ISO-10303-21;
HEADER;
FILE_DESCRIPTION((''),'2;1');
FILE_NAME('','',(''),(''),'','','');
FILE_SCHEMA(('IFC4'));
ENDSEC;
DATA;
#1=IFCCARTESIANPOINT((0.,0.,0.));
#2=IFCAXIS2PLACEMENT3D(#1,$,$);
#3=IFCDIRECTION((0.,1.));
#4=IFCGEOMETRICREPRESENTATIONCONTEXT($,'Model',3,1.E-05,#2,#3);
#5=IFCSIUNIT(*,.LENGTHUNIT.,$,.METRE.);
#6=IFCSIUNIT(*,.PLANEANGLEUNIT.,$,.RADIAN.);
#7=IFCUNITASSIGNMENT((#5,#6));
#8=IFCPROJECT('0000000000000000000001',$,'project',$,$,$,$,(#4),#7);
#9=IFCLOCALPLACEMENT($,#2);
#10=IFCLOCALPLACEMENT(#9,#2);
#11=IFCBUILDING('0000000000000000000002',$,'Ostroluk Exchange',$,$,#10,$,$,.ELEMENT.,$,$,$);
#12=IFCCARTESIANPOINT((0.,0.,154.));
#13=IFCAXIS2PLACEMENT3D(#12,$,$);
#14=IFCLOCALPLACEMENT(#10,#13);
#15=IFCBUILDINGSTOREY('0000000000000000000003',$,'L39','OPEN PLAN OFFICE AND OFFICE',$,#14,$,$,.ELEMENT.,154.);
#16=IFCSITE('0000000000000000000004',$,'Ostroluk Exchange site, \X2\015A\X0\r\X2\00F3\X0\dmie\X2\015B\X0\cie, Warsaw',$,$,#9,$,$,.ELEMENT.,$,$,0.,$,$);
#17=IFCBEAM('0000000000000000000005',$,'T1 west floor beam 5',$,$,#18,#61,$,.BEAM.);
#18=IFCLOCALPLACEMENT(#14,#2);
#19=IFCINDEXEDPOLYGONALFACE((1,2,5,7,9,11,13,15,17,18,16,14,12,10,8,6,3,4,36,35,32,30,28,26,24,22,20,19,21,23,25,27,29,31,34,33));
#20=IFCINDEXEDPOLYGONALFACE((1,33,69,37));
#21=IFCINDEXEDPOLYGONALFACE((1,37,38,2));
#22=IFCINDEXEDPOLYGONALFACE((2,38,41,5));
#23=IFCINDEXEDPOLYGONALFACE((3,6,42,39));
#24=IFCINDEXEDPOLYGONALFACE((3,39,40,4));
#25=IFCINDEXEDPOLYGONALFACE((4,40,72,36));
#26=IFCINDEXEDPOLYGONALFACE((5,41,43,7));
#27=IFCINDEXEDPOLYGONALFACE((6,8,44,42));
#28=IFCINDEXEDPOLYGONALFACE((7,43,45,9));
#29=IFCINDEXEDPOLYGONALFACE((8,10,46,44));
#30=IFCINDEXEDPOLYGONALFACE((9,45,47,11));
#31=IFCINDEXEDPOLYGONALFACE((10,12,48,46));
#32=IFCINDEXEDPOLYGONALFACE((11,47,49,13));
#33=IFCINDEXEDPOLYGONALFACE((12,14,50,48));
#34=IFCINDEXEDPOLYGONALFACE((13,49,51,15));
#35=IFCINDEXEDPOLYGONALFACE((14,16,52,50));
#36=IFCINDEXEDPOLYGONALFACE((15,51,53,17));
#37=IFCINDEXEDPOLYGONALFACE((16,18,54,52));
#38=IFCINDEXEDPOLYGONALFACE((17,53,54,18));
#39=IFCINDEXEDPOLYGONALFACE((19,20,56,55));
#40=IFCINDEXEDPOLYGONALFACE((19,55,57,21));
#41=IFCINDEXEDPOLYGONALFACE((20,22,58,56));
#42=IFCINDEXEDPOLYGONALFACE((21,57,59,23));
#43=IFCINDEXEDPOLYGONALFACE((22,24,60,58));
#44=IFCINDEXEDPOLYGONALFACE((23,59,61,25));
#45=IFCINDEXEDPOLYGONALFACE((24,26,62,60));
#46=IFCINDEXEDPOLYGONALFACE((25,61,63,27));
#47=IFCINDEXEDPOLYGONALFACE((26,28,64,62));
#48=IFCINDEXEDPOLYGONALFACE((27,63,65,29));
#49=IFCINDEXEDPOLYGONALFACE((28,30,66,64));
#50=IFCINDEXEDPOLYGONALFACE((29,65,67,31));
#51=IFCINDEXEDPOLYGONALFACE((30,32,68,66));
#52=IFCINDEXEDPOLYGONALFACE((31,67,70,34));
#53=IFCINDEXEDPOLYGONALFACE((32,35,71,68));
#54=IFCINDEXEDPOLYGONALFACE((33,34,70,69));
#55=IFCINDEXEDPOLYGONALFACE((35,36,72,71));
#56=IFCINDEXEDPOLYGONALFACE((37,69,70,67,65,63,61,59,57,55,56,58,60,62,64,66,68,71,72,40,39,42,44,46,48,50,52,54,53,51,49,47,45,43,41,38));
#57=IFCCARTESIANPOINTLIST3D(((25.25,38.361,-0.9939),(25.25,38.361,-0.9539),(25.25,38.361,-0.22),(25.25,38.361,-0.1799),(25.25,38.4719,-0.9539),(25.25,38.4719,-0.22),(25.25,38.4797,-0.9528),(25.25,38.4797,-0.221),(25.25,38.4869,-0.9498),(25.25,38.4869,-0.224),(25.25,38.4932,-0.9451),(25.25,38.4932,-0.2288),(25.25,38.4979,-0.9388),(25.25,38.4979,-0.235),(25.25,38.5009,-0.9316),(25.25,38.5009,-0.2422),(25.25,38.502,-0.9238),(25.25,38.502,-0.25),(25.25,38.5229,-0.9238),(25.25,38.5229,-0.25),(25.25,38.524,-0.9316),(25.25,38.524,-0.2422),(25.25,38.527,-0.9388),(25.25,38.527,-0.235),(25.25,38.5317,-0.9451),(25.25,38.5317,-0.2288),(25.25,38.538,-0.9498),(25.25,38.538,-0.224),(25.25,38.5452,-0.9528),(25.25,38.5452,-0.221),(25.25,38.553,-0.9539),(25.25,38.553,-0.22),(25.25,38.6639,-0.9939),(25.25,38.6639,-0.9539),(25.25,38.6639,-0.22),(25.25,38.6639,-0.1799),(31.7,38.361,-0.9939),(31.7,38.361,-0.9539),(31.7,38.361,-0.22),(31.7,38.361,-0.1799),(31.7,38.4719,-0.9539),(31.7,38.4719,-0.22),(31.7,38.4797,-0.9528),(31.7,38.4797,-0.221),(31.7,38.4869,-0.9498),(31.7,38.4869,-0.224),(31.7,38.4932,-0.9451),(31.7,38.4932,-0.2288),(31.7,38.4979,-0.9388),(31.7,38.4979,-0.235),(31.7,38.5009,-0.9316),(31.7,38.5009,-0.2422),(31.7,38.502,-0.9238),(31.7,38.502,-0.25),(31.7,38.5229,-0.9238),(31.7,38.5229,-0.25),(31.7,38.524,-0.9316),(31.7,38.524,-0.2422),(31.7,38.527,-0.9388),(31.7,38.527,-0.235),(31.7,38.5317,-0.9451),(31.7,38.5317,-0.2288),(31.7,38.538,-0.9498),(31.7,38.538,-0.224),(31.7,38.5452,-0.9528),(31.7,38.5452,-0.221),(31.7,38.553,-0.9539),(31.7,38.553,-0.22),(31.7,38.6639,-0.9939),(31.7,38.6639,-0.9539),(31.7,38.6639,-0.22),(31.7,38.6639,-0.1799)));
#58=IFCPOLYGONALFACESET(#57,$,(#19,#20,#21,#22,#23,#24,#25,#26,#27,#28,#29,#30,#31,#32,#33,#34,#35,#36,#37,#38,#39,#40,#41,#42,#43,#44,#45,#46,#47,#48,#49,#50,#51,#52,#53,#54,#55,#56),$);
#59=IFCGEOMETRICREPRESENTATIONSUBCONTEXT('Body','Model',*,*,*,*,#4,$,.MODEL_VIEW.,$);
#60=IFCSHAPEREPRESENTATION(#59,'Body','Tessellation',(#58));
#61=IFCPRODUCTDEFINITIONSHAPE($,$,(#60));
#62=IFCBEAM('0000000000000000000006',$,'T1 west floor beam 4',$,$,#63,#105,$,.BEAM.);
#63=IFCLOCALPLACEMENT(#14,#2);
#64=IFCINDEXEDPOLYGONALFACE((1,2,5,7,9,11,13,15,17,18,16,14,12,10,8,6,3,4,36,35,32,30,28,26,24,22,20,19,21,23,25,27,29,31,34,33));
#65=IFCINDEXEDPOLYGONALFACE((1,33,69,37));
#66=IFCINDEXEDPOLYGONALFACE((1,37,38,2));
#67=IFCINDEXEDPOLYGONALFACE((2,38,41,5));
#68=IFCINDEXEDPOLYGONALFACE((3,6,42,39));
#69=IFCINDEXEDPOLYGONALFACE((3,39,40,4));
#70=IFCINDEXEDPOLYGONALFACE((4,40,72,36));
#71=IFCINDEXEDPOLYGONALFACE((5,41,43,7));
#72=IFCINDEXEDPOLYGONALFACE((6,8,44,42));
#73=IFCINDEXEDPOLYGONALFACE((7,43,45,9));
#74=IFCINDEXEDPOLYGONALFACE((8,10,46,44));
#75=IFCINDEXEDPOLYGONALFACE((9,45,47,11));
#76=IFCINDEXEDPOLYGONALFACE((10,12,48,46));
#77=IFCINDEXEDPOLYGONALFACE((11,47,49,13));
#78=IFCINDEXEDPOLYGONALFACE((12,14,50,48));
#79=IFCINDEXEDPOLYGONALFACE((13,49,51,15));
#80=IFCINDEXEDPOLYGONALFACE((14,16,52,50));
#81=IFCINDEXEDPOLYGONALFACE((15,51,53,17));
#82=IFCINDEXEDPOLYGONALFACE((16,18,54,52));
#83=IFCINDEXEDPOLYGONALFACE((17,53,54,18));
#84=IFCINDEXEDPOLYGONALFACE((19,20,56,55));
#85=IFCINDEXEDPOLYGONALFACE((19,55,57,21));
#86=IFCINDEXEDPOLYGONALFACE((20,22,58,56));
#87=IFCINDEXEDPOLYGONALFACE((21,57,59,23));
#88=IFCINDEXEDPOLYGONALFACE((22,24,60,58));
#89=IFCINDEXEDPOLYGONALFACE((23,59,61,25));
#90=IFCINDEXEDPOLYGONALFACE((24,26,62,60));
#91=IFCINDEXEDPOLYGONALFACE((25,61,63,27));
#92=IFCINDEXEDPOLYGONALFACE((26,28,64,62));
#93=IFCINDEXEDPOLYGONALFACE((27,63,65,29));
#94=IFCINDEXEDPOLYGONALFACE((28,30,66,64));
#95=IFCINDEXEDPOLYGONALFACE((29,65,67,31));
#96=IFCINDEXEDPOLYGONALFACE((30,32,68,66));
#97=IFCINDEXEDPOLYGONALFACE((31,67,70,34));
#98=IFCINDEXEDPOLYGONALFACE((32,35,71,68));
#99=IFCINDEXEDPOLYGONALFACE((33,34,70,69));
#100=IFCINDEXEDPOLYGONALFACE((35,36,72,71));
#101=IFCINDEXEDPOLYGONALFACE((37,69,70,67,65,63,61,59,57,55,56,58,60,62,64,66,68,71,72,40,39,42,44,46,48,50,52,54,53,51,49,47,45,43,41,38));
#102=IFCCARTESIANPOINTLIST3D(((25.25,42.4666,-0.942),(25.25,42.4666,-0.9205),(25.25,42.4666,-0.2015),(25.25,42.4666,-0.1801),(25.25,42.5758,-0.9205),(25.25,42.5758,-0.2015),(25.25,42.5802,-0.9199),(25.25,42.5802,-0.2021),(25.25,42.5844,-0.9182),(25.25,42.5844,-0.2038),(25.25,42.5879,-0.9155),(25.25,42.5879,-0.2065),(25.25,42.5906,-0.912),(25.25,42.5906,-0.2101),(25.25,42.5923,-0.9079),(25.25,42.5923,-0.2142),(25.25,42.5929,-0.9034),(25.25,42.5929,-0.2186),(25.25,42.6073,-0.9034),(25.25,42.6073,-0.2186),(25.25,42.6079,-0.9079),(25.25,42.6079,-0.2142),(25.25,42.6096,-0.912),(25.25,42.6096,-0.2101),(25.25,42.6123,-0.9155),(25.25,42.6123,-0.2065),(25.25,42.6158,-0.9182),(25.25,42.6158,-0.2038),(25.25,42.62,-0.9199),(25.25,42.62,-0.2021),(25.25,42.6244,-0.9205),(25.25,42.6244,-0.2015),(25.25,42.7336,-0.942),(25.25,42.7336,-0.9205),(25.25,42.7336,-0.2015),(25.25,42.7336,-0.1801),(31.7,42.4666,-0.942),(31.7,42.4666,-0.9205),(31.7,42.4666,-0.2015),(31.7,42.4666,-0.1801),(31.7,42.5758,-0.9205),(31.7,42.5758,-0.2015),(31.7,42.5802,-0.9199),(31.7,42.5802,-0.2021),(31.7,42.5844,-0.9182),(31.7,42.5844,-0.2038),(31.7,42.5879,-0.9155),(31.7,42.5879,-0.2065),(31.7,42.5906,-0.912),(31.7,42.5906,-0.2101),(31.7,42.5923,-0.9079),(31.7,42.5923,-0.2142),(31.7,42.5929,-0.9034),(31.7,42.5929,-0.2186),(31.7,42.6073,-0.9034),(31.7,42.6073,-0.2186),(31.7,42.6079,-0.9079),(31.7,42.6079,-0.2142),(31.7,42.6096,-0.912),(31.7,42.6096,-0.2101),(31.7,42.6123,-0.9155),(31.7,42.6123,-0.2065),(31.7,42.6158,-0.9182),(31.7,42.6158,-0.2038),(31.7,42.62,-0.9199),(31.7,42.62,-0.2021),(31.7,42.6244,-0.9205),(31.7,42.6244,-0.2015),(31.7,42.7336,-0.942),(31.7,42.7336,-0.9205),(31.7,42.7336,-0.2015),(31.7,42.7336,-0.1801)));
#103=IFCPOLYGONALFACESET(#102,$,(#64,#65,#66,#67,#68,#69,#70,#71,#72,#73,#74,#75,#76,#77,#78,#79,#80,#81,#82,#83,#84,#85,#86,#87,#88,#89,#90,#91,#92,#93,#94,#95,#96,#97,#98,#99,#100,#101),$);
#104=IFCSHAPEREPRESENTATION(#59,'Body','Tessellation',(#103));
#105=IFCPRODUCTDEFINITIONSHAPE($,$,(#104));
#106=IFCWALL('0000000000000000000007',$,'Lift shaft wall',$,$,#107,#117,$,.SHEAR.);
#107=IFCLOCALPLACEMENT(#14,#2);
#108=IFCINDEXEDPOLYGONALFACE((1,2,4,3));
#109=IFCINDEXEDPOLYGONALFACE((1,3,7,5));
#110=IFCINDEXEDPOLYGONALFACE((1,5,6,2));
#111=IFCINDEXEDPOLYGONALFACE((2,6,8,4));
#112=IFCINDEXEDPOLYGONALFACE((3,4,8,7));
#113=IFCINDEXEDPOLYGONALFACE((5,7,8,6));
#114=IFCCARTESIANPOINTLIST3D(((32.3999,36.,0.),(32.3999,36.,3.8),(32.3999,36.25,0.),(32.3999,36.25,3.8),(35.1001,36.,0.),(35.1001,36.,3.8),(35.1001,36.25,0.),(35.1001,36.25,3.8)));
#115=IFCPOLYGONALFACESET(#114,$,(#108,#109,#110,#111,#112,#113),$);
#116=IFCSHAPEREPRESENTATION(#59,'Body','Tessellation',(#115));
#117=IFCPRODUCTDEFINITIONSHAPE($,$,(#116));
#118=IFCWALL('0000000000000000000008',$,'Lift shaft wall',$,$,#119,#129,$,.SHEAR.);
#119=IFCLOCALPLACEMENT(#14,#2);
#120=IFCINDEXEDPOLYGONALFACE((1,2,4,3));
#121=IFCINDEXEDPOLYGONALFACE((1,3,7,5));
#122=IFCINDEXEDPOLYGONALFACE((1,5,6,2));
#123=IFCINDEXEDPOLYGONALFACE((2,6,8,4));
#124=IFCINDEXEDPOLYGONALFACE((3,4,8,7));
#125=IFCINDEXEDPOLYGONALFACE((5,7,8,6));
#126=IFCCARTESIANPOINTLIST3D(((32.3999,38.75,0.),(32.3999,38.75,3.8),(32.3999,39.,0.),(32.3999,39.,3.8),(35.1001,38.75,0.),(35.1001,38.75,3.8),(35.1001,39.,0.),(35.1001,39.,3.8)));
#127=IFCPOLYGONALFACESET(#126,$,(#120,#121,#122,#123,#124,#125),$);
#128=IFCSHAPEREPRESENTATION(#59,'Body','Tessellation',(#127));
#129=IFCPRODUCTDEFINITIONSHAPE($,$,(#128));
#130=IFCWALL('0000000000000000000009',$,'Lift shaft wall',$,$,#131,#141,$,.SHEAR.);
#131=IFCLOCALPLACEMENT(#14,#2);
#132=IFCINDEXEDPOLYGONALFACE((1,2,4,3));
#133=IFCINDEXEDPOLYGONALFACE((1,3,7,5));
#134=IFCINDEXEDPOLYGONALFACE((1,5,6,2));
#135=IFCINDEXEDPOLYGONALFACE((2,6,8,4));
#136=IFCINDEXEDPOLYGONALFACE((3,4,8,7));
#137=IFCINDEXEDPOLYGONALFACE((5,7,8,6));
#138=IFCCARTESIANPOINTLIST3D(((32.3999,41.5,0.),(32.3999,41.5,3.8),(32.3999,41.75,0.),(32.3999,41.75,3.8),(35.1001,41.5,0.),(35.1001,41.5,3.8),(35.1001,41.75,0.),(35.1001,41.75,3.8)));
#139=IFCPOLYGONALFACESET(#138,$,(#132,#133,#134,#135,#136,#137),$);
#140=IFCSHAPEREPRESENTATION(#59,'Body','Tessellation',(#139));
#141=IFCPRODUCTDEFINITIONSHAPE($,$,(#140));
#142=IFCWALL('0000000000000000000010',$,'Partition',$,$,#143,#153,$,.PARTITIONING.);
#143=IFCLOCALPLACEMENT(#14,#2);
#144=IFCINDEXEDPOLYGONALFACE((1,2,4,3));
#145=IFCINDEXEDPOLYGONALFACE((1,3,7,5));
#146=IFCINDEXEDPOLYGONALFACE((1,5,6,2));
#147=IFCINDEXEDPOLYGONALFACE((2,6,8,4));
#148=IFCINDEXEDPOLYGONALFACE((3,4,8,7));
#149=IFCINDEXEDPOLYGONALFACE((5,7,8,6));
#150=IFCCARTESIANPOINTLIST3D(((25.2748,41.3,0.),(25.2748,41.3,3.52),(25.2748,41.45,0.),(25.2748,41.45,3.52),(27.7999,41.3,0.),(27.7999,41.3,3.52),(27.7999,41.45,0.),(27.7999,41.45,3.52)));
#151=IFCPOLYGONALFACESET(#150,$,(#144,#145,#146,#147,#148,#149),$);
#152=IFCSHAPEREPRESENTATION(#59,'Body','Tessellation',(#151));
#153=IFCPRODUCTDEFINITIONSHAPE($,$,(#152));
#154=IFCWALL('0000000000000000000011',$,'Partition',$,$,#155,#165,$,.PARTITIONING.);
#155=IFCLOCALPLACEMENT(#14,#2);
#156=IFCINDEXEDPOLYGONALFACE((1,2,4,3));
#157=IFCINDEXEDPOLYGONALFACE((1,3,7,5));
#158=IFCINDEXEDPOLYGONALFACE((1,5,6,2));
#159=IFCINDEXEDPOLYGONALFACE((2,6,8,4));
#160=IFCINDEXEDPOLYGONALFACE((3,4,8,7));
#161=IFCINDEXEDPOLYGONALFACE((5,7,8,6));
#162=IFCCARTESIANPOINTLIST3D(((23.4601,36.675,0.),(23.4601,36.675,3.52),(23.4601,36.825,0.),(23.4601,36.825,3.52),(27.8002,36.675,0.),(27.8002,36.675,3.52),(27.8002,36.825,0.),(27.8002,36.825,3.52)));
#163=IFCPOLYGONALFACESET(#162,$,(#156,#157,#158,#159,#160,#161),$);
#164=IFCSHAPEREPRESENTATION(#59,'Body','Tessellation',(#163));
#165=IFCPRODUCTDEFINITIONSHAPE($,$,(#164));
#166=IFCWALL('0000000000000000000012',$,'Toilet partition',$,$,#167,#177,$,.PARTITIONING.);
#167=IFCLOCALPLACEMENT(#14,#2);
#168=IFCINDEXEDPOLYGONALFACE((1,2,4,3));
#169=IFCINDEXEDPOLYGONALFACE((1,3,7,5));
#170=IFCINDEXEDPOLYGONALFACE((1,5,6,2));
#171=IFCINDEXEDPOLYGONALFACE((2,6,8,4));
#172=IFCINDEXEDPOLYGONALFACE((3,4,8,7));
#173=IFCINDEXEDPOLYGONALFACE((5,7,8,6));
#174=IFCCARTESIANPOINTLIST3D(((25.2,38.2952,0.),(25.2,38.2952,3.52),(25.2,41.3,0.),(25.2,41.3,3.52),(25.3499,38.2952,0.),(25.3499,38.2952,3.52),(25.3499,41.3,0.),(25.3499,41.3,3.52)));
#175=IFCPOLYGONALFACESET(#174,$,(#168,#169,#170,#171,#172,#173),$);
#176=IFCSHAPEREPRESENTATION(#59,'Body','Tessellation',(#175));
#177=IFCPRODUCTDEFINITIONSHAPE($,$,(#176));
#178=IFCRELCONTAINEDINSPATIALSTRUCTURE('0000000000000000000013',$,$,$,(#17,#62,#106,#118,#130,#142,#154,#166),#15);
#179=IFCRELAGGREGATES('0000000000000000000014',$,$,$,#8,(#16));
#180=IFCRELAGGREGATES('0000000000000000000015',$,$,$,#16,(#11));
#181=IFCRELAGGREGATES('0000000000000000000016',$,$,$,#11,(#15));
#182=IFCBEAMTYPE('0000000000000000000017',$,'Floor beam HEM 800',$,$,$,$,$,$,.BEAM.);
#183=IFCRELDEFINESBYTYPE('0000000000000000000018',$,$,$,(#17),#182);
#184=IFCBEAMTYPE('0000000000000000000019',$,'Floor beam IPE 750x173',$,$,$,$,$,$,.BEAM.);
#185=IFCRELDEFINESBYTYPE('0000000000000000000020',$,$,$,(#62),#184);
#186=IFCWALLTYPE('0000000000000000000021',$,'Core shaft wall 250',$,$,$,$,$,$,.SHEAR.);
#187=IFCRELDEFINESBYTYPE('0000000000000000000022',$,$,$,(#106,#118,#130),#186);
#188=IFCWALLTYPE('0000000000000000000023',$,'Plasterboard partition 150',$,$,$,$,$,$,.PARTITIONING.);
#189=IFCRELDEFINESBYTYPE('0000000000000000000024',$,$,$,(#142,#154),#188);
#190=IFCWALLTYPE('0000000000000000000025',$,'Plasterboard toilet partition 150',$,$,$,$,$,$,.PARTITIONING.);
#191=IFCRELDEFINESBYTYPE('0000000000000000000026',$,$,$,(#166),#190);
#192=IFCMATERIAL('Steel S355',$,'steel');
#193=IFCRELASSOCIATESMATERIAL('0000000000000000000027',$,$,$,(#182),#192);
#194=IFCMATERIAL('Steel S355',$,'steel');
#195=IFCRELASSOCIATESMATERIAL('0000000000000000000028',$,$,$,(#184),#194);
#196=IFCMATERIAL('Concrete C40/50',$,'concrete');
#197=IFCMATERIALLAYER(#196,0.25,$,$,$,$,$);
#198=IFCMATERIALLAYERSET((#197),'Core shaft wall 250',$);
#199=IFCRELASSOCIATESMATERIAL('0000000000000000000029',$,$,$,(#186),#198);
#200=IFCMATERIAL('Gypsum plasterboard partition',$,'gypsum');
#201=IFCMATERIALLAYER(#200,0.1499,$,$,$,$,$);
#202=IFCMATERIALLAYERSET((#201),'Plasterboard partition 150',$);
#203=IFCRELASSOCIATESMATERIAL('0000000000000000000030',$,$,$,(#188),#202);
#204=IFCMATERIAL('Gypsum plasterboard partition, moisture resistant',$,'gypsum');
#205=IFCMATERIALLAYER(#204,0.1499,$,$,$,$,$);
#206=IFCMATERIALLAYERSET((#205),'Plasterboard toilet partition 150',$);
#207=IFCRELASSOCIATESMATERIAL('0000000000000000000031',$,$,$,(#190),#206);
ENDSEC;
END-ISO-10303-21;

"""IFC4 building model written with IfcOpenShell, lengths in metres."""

from ifc_helpers import new_model, si_unit, direction, frame, frame_2d, origin, origin_2d, place, context, subcontext, project, spatial, rectangle, i_section, extrude, material, layer, layer_set, material_profile, profile_set, type_object, element, save


model = new_model("IFC4")

# Units and contexts
model_context = context("Model", 3, precision=1e-05, world=origin(), true_north=direction((0.0, 1.0)))
body_context = subcontext(model_context, "Body", "Model", "MODEL_VIEW")
ifc_project = project(units=[si_unit("LENGTHUNIT", "METRE"), si_unit("PLANEANGLEUNIT", "RADIAN")], contexts=[model_context])

# Site, building, storey
site_placement = place(None, origin())
site = spatial("IfcSite", under=ifc_project, at=site_placement, Name="Ostroluk Exchange site, Śródmieście, Warsaw", CompositionType="ELEMENT", RefElevation=0.0)
building_placement = place(site_placement, origin())
building = spatial("IfcBuilding", under=site, at=building_placement, Name="Ostroluk Exchange", CompositionType="ELEMENT")
storey_placement = place(building_placement, frame((0.0, 0.0, 154.0)))
storey = spatial("IfcBuildingStorey", under=building, at=storey_placement, Name="L39", Description="OPEN PLAN OFFICE AND OFFICE", CompositionType="ELEMENT", Elevation=154.0)

# Beams
ifc_material_1 = material(Name="Steel S355", Category="steel")
ifc_material_profile_1 = material_profile(ifc_material_1, i_section(OverallWidth=0.303, OverallDepth=0.814, WebThickness=0.021, FlangeThickness=0.04, FilletRadius=0.03, at=origin_2d()), Name="HEM 800")
ifc_profile_set_1 = profile_set([ifc_material_profile_1], Name="Steel S355")
beam_type_1 = type_object("IfcBeamType", Name="Floor beam HEM 800", PredefinedType="BEAM", material=ifc_profile_set_1)
beam_1_placement = place(storey_placement, frame((31.7, 38.5125, -0.5869), z_axis=(-1.0, 0.0, 0.0), x_axis=(0.0, -1.0, 0.0)))
element("IfcBeam", 1, at=beam_1_placement, inside=storey, type_object=beam_type_1, Name="T1 west floor beam 5", PredefinedType="BEAM", context=body_context, shape_type="SweptSolid", body=[
    extrude(i_section(OverallWidth=0.303, OverallDepth=0.814, WebThickness=0.021, FlangeThickness=0.04, FilletRadius=0.03, at=origin_2d()), origin(), (0.0, 0.0, 1.0), 6.45),
])
ifc_material_2 = material(Name="Steel S355", Category="steel")
ifc_material_profile_2 = material_profile(ifc_material_2, i_section(OverallWidth=0.2671, OverallDepth=0.762, WebThickness=0.0144, FlangeThickness=0.0215, FilletRadius=0.0171, at=origin_2d()), Name="IPE 750x173")
ifc_profile_set_2 = profile_set([ifc_material_profile_2], Name="Steel S355")
beam_type_2 = type_object("IfcBeamType", Name="Floor beam IPE 750x173", PredefinedType="BEAM", material=ifc_profile_set_2)
beam_2_placement = place(storey_placement, frame((31.7, 42.6001, -0.561), z_axis=(-1.0, 0.0, 0.0), x_axis=(0.0, -1.0, 0.0)))
element("IfcBeam", 2, at=beam_2_placement, inside=storey, type_object=beam_type_2, Name="T1 west floor beam 4", PredefinedType="BEAM", context=body_context, shape_type="SweptSolid", body=[
    extrude(i_section(OverallWidth=0.2671, OverallDepth=0.762, WebThickness=0.0144, FlangeThickness=0.0215, FilletRadius=0.0171, at=origin_2d()), origin(), (0.0, 0.0, 1.0), 6.45),
])

# Walls
ifc_material_3 = material(Name="Concrete C40/50", Category="concrete")
ifc_layer_1 = layer(ifc_material_3, 0.25)
ifc_layer_set_1 = layer_set([ifc_layer_1], Name="Core shaft wall 250")
wall_type_1 = type_object("IfcWallType", Name="Core shaft wall 250", PredefinedType="SHEAR", material=ifc_layer_set_1)
for number, where, z_axis, x_axis, name in (
    (3, (32.3999, 36.125, 0.0), (0.0, 0.0, 1.0), (1.0, 0.0, 0.0), "Lift shaft wall"),
    (4, (32.3999, 38.875, 0.0), (0.0, 0.0, 1.0), (1.0, 0.0, 0.0), "Lift shaft wall"),
    (5, (32.3999, 41.625, 0.0), (0.0, 0.0, 1.0), (1.0, 0.0, 0.0), "Lift shaft wall"),
):
    element("IfcWall", number, at=place(storey_placement, frame(where, z_axis=z_axis, x_axis=x_axis)), inside=storey, type_object=wall_type_1, Name=name, PredefinedType="SHEAR", context=body_context, shape_type="SweptSolid", body=[
        extrude(rectangle(XDim=2.7002, YDim=0.25, at=frame_2d((1.3501, 0.0))), origin(), (0.0, 0.0, 1.0), 3.8),
    ])
ifc_material_4 = material(Name="Gypsum plasterboard partition", Category="gypsum")
ifc_layer_2 = layer(ifc_material_4, 0.1499)
ifc_layer_set_2 = layer_set([ifc_layer_2], Name="Plasterboard partition 150")
wall_type_2 = type_object("IfcWallType", Name="Plasterboard partition 150", PredefinedType="PARTITIONING", material=ifc_layer_set_2)
wall_1_placement = place(storey_placement, frame((27.8, 41.375, 0.0), z_axis=(0.0, 0.0, 1.0), x_axis=(-1.0, 0.0, 0.0)))
element("IfcWall", 6, at=wall_1_placement, inside=storey, type_object=wall_type_2, Name="Partition", PredefinedType="PARTITIONING", context=body_context, shape_type="SweptSolid", body=[
    extrude(rectangle(XDim=2.5251, YDim=0.1499, at=frame_2d((1.2627, 0.0))), origin(), (0.0, 0.0, 1.0), 3.52),
])
wall_2_placement = place(storey_placement, frame((27.8, 36.75, 0.0), z_axis=(0.0, 0.0, 1.0), x_axis=(-1.0, 0.0, 0.0)))
element("IfcWall", 7, at=wall_2_placement, inside=storey, type_object=wall_type_2, Name="Partition", PredefinedType="PARTITIONING", context=body_context, shape_type="SweptSolid", body=[
    extrude(rectangle(XDim=4.3401, YDim=0.1499, at=frame_2d((2.1699, 0.0))), origin(), (0.0, 0.0, 1.0), 3.52),
])
ifc_material_5 = material(Name="Gypsum plasterboard partition, moisture resistant", Category="gypsum")
ifc_layer_3 = layer(ifc_material_5, 0.1499)
ifc_layer_set_3 = layer_set([ifc_layer_3], Name="Plasterboard toilet partition 150")
wall_type_3 = type_object("IfcWallType", Name="Plasterboard toilet partition 150", PredefinedType="PARTITIONING", material=ifc_layer_set_3)
wall_3_placement = place(storey_placement, frame((25.2749, 41.3, 0.0), z_axis=(0.0, 0.0, 1.0), x_axis=(0.0, -1.0, 0.0)))
element("IfcWall", 8, at=wall_3_placement, inside=storey, type_object=wall_type_3, Name="Toilet partition", PredefinedType="PARTITIONING", context=body_context, shape_type="SweptSolid", body=[
    extrude(rectangle(XDim=3.0049, YDim=0.1499, at=frame_2d((1.5024, 0.0))), origin(), (0.0, 0.0, 1.0), 3.52),
])

save(model, "model.ifc")
